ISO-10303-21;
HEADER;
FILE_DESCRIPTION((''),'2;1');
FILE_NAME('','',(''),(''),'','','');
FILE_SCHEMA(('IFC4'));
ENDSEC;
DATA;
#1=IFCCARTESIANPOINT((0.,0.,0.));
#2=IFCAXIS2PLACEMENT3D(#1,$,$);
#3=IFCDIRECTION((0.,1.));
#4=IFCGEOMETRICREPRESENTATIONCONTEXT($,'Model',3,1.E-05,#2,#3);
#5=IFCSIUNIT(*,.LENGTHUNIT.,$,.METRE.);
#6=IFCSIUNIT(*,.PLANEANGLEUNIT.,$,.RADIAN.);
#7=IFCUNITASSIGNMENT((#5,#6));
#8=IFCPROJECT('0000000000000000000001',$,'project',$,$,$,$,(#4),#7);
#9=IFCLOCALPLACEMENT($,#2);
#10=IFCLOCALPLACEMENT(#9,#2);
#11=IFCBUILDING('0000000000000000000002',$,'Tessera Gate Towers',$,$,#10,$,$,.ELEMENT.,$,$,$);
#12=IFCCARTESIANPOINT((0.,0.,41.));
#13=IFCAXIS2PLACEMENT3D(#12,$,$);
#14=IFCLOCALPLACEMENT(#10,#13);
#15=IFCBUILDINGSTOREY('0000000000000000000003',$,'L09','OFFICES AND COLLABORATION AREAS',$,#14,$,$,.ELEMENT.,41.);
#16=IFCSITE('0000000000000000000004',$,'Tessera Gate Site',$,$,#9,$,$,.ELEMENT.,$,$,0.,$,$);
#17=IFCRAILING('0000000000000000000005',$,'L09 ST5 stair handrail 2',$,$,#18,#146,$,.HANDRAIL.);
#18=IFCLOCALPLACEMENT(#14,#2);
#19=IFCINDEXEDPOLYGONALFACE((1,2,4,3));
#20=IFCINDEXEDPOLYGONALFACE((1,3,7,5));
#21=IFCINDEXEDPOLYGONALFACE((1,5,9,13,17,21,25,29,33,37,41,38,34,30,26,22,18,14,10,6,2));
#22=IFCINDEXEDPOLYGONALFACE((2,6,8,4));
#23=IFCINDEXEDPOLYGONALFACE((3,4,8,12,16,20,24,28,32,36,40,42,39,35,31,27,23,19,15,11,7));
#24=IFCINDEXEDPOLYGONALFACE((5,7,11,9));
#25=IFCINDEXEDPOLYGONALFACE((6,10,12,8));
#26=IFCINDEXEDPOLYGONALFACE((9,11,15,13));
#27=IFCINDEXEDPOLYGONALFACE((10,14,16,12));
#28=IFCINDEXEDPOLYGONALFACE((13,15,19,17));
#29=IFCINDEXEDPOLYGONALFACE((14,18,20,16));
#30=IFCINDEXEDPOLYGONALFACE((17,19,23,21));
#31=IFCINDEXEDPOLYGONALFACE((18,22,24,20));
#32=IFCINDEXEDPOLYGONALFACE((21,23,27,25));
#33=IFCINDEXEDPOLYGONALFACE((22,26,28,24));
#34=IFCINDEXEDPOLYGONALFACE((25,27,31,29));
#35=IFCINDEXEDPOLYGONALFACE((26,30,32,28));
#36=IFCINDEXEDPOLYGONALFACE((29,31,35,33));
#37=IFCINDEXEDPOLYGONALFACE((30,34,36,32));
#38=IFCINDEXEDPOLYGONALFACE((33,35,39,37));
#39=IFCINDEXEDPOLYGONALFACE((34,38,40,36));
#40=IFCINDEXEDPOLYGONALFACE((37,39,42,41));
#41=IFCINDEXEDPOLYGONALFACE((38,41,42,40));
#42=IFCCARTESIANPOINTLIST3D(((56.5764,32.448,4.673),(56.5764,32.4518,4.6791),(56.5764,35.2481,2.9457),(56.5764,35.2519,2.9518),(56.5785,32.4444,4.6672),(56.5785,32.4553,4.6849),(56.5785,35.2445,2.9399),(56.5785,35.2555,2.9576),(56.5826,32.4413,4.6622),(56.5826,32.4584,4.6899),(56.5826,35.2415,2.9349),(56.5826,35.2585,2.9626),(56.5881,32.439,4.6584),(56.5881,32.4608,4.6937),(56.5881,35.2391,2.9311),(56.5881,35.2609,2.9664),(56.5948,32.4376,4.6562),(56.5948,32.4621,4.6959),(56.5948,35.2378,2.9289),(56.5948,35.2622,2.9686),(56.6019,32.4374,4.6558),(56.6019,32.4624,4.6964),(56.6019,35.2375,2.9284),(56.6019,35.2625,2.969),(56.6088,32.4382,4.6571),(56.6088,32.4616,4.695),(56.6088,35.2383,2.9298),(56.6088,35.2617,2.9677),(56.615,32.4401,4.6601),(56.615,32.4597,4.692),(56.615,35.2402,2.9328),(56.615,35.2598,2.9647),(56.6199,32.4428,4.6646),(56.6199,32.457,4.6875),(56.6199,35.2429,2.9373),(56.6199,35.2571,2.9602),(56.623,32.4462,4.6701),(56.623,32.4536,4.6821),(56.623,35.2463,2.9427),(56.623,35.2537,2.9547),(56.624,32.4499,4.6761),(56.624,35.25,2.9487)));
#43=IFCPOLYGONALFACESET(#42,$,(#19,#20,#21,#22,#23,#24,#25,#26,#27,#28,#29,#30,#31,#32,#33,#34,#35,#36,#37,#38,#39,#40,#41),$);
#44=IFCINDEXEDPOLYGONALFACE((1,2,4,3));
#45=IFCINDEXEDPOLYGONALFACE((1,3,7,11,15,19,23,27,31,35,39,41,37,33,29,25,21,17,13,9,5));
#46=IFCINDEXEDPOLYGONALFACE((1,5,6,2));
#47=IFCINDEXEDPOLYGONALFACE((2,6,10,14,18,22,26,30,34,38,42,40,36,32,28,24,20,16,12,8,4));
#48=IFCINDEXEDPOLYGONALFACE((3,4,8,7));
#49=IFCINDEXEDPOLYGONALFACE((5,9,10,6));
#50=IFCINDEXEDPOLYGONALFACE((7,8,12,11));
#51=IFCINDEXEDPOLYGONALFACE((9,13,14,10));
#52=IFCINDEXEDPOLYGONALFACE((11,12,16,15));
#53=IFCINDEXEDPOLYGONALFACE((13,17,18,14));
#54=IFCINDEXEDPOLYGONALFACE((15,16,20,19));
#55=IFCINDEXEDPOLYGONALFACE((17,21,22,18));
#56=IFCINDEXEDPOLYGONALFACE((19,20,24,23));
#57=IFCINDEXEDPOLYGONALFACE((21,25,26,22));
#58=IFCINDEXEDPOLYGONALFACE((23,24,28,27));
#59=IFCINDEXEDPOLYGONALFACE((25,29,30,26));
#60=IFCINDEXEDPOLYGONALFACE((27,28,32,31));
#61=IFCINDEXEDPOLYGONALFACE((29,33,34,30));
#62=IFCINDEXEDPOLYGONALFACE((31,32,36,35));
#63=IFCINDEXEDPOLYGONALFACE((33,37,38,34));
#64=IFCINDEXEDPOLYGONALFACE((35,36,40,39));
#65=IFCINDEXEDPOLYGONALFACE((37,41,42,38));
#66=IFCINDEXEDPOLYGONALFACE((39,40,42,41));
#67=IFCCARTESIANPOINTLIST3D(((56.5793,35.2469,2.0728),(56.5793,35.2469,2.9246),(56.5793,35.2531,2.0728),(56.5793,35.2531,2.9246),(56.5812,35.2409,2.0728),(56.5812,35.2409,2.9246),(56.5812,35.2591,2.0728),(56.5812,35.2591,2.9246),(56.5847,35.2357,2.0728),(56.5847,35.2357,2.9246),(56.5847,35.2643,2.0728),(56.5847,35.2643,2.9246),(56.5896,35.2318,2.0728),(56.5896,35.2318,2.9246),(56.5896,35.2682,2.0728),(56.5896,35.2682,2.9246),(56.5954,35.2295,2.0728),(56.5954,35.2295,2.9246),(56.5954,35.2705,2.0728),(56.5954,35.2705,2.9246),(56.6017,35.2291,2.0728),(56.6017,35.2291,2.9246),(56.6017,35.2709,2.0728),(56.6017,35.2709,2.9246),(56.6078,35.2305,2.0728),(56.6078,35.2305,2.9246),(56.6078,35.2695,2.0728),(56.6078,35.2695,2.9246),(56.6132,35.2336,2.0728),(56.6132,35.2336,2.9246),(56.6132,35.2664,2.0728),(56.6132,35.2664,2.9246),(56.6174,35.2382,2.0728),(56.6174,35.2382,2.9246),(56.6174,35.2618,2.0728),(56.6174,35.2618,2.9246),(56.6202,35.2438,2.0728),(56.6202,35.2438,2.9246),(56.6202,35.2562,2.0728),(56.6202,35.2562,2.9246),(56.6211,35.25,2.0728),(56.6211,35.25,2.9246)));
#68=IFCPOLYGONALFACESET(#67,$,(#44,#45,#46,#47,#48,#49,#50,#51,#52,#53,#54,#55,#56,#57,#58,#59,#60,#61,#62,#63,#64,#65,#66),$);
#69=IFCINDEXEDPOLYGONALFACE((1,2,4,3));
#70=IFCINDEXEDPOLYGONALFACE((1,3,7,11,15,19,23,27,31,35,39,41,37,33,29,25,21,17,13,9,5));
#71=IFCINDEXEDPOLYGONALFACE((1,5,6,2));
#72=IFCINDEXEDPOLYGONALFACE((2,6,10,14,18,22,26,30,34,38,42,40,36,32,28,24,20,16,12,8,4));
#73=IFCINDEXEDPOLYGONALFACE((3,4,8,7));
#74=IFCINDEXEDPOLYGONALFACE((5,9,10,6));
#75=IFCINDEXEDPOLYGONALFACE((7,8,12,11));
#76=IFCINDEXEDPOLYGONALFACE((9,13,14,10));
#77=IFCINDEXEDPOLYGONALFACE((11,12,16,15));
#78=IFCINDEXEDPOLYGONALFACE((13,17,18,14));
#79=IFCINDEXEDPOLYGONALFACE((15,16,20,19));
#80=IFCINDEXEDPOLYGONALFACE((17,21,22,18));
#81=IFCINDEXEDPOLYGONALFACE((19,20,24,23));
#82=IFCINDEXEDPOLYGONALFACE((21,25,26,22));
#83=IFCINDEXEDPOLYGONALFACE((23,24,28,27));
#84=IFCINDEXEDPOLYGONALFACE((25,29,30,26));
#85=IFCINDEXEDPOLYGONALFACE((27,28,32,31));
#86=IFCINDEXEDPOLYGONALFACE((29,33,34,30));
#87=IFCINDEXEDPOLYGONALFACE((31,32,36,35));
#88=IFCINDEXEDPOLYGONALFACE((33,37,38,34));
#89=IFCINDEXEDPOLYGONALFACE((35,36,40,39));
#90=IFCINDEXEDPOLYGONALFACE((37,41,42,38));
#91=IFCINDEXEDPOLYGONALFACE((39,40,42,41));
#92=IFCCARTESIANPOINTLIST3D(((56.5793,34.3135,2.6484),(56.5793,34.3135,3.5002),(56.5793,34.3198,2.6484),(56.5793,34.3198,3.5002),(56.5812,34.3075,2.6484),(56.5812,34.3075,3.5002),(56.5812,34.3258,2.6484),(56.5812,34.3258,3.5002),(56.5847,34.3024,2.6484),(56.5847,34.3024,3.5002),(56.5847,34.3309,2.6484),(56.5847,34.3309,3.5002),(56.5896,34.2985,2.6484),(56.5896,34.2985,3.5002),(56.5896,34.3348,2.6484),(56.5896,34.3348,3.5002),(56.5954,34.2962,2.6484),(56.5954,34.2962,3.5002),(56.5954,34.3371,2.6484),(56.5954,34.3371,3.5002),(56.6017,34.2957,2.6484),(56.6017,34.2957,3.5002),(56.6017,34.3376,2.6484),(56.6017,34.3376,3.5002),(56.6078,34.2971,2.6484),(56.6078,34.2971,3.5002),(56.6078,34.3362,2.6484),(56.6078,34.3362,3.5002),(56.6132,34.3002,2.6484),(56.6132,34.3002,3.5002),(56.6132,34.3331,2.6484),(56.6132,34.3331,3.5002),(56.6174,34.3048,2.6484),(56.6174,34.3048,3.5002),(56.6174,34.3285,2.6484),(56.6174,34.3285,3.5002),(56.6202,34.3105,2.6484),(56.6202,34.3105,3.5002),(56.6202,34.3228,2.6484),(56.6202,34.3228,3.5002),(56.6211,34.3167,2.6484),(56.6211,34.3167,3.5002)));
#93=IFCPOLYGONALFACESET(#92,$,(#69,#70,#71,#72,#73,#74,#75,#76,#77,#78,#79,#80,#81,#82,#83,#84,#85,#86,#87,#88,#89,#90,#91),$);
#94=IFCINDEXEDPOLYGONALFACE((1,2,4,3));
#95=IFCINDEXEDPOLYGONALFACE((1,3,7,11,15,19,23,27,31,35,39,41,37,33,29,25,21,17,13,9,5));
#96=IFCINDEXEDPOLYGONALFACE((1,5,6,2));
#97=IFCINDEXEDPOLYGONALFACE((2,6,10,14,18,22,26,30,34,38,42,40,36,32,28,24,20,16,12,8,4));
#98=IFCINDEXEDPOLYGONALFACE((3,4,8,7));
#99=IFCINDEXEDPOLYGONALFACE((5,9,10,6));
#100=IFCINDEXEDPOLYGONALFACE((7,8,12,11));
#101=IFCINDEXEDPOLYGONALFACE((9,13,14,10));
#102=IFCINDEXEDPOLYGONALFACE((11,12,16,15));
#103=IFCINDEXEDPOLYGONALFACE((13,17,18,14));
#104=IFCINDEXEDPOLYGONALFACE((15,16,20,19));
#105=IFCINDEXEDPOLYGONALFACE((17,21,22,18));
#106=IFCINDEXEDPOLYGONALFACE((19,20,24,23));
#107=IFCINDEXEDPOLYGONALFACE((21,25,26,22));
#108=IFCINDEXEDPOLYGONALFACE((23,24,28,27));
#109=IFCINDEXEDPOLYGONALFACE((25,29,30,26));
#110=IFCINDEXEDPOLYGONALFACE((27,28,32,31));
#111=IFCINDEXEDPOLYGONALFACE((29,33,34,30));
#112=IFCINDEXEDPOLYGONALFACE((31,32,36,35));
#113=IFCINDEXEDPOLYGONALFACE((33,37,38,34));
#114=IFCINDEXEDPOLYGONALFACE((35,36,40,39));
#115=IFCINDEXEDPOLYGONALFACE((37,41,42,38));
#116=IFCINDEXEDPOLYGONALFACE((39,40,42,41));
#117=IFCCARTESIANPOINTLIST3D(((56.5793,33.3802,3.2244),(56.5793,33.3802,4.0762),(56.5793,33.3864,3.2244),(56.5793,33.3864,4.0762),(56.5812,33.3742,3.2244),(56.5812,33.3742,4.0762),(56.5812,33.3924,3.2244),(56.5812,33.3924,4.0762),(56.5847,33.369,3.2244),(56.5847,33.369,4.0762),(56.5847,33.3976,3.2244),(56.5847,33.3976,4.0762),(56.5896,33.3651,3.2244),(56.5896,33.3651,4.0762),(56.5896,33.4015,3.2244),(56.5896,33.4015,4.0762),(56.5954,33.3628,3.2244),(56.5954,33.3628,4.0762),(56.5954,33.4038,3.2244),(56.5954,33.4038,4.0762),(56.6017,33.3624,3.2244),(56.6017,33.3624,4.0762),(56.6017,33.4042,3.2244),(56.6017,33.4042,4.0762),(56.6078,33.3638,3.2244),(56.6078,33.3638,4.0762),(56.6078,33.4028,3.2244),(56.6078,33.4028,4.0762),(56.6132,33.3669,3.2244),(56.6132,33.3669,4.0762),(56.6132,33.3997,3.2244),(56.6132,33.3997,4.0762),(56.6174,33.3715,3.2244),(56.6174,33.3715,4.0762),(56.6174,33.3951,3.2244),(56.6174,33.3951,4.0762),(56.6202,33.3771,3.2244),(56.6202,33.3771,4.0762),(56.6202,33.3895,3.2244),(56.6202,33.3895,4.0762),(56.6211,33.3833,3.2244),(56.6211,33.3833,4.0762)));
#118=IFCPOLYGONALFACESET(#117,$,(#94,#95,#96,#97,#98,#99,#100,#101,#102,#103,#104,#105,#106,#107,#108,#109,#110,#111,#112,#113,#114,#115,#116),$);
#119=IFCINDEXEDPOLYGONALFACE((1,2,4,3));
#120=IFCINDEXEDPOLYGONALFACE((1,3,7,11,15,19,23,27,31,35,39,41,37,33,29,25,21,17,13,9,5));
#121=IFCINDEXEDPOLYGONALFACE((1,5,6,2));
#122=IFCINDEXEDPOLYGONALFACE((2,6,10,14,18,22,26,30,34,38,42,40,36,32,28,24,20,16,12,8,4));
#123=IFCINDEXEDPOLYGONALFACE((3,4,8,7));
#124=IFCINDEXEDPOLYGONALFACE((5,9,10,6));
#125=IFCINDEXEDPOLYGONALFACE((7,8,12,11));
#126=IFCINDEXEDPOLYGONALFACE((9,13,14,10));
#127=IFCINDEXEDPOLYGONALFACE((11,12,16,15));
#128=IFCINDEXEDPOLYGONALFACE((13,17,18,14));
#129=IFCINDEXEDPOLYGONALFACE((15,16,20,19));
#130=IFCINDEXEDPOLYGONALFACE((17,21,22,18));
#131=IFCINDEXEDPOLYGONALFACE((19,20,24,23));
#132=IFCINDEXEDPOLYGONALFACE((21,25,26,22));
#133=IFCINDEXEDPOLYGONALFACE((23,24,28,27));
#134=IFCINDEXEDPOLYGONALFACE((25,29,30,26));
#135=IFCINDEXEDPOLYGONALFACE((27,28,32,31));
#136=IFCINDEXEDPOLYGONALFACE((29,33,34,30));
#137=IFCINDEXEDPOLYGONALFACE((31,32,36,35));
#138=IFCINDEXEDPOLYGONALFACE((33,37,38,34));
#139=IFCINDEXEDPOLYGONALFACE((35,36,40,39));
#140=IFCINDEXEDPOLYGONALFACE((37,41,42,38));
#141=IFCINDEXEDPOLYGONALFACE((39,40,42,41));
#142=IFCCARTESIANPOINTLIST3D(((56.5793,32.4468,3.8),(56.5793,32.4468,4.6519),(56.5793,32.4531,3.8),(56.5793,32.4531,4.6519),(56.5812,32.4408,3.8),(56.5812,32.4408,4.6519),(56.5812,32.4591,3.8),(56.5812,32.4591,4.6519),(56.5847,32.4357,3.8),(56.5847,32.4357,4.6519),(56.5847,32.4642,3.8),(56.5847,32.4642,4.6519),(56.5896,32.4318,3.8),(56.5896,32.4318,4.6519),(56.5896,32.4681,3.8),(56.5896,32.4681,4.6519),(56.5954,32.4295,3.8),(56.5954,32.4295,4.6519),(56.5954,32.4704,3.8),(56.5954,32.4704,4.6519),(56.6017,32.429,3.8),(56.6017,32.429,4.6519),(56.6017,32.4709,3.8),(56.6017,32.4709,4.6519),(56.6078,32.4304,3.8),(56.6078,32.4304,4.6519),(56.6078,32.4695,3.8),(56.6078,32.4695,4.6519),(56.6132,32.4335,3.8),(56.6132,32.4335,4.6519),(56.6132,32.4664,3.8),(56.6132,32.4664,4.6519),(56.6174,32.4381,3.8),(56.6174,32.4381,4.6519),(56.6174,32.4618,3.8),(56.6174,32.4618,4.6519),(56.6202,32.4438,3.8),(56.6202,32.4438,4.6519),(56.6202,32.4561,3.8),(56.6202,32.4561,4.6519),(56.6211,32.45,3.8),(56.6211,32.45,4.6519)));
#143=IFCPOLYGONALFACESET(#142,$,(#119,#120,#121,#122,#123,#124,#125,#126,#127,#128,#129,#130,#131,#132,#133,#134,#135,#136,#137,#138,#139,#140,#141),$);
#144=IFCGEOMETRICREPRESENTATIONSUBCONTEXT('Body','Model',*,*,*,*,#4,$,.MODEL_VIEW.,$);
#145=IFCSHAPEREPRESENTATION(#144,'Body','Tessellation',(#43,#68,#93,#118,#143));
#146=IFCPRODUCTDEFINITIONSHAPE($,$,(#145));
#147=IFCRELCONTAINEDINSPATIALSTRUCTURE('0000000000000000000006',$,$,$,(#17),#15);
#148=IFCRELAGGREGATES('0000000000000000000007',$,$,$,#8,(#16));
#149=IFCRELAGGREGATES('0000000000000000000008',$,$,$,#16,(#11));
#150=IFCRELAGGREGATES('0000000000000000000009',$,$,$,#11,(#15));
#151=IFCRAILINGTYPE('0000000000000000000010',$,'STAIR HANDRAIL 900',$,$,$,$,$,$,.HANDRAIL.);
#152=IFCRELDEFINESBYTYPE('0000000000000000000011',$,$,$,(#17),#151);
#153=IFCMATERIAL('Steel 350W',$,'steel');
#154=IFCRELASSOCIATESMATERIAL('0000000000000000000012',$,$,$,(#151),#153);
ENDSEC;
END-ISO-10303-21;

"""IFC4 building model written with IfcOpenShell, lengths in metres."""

from ifc_helpers import new_model, si_unit, direction, frame, origin, origin_2d, place, context, subcontext, project, spatial, circle, extrude, material, type_object, element, save


model = new_model("IFC4")

# Units and contexts
model_context = context("Model", 3, precision=1e-05, world=origin(), true_north=direction((0.0, 1.0)))
body_context = subcontext(model_context, "Body", "Model", "MODEL_VIEW")
ifc_project = project(units=[si_unit("LENGTHUNIT", "METRE"), si_unit("PLANEANGLEUNIT", "RADIAN")], contexts=[model_context])

# Site, building, storey
site_placement = place(None, origin())
site = spatial("IfcSite", under=ifc_project, at=site_placement, Name="Tessera Gate Site", CompositionType="ELEMENT", RefElevation=0.0)
building_placement = place(site_placement, origin())
building = spatial("IfcBuilding", under=site, at=building_placement, Name="Tessera Gate Towers", CompositionType="ELEMENT")
storey_placement = place(building_placement, frame((0.0, 0.0, 41.0)))
storey = spatial("IfcBuildingStorey", under=building, at=storey_placement, Name="L09", Description="OFFICES AND COLLABORATION AREAS", CompositionType="ELEMENT", Elevation=41.0)

# Railing
ifc_material_1 = material(Name="Steel 350W", Category="steel")
railing_type_1 = type_object("IfcRailingType", Name="STAIR HANDRAIL 900", PredefinedType="HANDRAIL", material=ifc_material_1)
railing_1_placement = place(storey_placement, frame((56.6001, 35.25, 2.0728)))
element("IfcRailing", 1, at=railing_1_placement, inside=storey, type_object=railing_type_1, Name="L09 ST5 stair handrail 2", PredefinedType="HANDRAIL", context=body_context, shape_type="SweptSolid", body=[
    extrude(circle(Radius=0.0239, at=origin_2d()), frame((0.0, 0.0, 0.876), z_axis=(0.0, -0.85109, 0.52502), x_axis=(1.0, 0.0, 0.0)), (0.0, 0.0, 1.0), 3.29),
    extrude(circle(Radius=0.021, at=origin_2d()), origin(), (0.0, 0.0, 1.0), 0.8518),
    extrude(circle(Radius=0.021, at=origin_2d()), frame((0.0, -0.9333, 0.5757)), (0.0, 0.0, 1.0), 0.8518),
    extrude(circle(Radius=0.021, at=origin_2d()), frame((0.0, -1.8667, 1.1516)), (0.0, 0.0, 1.0), 0.8518),
    extrude(circle(Radius=0.021, at=origin_2d()), frame((0.0, -2.8, 1.7273)), (0.0, 0.0, 1.0), 0.8518),
])

save(model, "model.ifc")
